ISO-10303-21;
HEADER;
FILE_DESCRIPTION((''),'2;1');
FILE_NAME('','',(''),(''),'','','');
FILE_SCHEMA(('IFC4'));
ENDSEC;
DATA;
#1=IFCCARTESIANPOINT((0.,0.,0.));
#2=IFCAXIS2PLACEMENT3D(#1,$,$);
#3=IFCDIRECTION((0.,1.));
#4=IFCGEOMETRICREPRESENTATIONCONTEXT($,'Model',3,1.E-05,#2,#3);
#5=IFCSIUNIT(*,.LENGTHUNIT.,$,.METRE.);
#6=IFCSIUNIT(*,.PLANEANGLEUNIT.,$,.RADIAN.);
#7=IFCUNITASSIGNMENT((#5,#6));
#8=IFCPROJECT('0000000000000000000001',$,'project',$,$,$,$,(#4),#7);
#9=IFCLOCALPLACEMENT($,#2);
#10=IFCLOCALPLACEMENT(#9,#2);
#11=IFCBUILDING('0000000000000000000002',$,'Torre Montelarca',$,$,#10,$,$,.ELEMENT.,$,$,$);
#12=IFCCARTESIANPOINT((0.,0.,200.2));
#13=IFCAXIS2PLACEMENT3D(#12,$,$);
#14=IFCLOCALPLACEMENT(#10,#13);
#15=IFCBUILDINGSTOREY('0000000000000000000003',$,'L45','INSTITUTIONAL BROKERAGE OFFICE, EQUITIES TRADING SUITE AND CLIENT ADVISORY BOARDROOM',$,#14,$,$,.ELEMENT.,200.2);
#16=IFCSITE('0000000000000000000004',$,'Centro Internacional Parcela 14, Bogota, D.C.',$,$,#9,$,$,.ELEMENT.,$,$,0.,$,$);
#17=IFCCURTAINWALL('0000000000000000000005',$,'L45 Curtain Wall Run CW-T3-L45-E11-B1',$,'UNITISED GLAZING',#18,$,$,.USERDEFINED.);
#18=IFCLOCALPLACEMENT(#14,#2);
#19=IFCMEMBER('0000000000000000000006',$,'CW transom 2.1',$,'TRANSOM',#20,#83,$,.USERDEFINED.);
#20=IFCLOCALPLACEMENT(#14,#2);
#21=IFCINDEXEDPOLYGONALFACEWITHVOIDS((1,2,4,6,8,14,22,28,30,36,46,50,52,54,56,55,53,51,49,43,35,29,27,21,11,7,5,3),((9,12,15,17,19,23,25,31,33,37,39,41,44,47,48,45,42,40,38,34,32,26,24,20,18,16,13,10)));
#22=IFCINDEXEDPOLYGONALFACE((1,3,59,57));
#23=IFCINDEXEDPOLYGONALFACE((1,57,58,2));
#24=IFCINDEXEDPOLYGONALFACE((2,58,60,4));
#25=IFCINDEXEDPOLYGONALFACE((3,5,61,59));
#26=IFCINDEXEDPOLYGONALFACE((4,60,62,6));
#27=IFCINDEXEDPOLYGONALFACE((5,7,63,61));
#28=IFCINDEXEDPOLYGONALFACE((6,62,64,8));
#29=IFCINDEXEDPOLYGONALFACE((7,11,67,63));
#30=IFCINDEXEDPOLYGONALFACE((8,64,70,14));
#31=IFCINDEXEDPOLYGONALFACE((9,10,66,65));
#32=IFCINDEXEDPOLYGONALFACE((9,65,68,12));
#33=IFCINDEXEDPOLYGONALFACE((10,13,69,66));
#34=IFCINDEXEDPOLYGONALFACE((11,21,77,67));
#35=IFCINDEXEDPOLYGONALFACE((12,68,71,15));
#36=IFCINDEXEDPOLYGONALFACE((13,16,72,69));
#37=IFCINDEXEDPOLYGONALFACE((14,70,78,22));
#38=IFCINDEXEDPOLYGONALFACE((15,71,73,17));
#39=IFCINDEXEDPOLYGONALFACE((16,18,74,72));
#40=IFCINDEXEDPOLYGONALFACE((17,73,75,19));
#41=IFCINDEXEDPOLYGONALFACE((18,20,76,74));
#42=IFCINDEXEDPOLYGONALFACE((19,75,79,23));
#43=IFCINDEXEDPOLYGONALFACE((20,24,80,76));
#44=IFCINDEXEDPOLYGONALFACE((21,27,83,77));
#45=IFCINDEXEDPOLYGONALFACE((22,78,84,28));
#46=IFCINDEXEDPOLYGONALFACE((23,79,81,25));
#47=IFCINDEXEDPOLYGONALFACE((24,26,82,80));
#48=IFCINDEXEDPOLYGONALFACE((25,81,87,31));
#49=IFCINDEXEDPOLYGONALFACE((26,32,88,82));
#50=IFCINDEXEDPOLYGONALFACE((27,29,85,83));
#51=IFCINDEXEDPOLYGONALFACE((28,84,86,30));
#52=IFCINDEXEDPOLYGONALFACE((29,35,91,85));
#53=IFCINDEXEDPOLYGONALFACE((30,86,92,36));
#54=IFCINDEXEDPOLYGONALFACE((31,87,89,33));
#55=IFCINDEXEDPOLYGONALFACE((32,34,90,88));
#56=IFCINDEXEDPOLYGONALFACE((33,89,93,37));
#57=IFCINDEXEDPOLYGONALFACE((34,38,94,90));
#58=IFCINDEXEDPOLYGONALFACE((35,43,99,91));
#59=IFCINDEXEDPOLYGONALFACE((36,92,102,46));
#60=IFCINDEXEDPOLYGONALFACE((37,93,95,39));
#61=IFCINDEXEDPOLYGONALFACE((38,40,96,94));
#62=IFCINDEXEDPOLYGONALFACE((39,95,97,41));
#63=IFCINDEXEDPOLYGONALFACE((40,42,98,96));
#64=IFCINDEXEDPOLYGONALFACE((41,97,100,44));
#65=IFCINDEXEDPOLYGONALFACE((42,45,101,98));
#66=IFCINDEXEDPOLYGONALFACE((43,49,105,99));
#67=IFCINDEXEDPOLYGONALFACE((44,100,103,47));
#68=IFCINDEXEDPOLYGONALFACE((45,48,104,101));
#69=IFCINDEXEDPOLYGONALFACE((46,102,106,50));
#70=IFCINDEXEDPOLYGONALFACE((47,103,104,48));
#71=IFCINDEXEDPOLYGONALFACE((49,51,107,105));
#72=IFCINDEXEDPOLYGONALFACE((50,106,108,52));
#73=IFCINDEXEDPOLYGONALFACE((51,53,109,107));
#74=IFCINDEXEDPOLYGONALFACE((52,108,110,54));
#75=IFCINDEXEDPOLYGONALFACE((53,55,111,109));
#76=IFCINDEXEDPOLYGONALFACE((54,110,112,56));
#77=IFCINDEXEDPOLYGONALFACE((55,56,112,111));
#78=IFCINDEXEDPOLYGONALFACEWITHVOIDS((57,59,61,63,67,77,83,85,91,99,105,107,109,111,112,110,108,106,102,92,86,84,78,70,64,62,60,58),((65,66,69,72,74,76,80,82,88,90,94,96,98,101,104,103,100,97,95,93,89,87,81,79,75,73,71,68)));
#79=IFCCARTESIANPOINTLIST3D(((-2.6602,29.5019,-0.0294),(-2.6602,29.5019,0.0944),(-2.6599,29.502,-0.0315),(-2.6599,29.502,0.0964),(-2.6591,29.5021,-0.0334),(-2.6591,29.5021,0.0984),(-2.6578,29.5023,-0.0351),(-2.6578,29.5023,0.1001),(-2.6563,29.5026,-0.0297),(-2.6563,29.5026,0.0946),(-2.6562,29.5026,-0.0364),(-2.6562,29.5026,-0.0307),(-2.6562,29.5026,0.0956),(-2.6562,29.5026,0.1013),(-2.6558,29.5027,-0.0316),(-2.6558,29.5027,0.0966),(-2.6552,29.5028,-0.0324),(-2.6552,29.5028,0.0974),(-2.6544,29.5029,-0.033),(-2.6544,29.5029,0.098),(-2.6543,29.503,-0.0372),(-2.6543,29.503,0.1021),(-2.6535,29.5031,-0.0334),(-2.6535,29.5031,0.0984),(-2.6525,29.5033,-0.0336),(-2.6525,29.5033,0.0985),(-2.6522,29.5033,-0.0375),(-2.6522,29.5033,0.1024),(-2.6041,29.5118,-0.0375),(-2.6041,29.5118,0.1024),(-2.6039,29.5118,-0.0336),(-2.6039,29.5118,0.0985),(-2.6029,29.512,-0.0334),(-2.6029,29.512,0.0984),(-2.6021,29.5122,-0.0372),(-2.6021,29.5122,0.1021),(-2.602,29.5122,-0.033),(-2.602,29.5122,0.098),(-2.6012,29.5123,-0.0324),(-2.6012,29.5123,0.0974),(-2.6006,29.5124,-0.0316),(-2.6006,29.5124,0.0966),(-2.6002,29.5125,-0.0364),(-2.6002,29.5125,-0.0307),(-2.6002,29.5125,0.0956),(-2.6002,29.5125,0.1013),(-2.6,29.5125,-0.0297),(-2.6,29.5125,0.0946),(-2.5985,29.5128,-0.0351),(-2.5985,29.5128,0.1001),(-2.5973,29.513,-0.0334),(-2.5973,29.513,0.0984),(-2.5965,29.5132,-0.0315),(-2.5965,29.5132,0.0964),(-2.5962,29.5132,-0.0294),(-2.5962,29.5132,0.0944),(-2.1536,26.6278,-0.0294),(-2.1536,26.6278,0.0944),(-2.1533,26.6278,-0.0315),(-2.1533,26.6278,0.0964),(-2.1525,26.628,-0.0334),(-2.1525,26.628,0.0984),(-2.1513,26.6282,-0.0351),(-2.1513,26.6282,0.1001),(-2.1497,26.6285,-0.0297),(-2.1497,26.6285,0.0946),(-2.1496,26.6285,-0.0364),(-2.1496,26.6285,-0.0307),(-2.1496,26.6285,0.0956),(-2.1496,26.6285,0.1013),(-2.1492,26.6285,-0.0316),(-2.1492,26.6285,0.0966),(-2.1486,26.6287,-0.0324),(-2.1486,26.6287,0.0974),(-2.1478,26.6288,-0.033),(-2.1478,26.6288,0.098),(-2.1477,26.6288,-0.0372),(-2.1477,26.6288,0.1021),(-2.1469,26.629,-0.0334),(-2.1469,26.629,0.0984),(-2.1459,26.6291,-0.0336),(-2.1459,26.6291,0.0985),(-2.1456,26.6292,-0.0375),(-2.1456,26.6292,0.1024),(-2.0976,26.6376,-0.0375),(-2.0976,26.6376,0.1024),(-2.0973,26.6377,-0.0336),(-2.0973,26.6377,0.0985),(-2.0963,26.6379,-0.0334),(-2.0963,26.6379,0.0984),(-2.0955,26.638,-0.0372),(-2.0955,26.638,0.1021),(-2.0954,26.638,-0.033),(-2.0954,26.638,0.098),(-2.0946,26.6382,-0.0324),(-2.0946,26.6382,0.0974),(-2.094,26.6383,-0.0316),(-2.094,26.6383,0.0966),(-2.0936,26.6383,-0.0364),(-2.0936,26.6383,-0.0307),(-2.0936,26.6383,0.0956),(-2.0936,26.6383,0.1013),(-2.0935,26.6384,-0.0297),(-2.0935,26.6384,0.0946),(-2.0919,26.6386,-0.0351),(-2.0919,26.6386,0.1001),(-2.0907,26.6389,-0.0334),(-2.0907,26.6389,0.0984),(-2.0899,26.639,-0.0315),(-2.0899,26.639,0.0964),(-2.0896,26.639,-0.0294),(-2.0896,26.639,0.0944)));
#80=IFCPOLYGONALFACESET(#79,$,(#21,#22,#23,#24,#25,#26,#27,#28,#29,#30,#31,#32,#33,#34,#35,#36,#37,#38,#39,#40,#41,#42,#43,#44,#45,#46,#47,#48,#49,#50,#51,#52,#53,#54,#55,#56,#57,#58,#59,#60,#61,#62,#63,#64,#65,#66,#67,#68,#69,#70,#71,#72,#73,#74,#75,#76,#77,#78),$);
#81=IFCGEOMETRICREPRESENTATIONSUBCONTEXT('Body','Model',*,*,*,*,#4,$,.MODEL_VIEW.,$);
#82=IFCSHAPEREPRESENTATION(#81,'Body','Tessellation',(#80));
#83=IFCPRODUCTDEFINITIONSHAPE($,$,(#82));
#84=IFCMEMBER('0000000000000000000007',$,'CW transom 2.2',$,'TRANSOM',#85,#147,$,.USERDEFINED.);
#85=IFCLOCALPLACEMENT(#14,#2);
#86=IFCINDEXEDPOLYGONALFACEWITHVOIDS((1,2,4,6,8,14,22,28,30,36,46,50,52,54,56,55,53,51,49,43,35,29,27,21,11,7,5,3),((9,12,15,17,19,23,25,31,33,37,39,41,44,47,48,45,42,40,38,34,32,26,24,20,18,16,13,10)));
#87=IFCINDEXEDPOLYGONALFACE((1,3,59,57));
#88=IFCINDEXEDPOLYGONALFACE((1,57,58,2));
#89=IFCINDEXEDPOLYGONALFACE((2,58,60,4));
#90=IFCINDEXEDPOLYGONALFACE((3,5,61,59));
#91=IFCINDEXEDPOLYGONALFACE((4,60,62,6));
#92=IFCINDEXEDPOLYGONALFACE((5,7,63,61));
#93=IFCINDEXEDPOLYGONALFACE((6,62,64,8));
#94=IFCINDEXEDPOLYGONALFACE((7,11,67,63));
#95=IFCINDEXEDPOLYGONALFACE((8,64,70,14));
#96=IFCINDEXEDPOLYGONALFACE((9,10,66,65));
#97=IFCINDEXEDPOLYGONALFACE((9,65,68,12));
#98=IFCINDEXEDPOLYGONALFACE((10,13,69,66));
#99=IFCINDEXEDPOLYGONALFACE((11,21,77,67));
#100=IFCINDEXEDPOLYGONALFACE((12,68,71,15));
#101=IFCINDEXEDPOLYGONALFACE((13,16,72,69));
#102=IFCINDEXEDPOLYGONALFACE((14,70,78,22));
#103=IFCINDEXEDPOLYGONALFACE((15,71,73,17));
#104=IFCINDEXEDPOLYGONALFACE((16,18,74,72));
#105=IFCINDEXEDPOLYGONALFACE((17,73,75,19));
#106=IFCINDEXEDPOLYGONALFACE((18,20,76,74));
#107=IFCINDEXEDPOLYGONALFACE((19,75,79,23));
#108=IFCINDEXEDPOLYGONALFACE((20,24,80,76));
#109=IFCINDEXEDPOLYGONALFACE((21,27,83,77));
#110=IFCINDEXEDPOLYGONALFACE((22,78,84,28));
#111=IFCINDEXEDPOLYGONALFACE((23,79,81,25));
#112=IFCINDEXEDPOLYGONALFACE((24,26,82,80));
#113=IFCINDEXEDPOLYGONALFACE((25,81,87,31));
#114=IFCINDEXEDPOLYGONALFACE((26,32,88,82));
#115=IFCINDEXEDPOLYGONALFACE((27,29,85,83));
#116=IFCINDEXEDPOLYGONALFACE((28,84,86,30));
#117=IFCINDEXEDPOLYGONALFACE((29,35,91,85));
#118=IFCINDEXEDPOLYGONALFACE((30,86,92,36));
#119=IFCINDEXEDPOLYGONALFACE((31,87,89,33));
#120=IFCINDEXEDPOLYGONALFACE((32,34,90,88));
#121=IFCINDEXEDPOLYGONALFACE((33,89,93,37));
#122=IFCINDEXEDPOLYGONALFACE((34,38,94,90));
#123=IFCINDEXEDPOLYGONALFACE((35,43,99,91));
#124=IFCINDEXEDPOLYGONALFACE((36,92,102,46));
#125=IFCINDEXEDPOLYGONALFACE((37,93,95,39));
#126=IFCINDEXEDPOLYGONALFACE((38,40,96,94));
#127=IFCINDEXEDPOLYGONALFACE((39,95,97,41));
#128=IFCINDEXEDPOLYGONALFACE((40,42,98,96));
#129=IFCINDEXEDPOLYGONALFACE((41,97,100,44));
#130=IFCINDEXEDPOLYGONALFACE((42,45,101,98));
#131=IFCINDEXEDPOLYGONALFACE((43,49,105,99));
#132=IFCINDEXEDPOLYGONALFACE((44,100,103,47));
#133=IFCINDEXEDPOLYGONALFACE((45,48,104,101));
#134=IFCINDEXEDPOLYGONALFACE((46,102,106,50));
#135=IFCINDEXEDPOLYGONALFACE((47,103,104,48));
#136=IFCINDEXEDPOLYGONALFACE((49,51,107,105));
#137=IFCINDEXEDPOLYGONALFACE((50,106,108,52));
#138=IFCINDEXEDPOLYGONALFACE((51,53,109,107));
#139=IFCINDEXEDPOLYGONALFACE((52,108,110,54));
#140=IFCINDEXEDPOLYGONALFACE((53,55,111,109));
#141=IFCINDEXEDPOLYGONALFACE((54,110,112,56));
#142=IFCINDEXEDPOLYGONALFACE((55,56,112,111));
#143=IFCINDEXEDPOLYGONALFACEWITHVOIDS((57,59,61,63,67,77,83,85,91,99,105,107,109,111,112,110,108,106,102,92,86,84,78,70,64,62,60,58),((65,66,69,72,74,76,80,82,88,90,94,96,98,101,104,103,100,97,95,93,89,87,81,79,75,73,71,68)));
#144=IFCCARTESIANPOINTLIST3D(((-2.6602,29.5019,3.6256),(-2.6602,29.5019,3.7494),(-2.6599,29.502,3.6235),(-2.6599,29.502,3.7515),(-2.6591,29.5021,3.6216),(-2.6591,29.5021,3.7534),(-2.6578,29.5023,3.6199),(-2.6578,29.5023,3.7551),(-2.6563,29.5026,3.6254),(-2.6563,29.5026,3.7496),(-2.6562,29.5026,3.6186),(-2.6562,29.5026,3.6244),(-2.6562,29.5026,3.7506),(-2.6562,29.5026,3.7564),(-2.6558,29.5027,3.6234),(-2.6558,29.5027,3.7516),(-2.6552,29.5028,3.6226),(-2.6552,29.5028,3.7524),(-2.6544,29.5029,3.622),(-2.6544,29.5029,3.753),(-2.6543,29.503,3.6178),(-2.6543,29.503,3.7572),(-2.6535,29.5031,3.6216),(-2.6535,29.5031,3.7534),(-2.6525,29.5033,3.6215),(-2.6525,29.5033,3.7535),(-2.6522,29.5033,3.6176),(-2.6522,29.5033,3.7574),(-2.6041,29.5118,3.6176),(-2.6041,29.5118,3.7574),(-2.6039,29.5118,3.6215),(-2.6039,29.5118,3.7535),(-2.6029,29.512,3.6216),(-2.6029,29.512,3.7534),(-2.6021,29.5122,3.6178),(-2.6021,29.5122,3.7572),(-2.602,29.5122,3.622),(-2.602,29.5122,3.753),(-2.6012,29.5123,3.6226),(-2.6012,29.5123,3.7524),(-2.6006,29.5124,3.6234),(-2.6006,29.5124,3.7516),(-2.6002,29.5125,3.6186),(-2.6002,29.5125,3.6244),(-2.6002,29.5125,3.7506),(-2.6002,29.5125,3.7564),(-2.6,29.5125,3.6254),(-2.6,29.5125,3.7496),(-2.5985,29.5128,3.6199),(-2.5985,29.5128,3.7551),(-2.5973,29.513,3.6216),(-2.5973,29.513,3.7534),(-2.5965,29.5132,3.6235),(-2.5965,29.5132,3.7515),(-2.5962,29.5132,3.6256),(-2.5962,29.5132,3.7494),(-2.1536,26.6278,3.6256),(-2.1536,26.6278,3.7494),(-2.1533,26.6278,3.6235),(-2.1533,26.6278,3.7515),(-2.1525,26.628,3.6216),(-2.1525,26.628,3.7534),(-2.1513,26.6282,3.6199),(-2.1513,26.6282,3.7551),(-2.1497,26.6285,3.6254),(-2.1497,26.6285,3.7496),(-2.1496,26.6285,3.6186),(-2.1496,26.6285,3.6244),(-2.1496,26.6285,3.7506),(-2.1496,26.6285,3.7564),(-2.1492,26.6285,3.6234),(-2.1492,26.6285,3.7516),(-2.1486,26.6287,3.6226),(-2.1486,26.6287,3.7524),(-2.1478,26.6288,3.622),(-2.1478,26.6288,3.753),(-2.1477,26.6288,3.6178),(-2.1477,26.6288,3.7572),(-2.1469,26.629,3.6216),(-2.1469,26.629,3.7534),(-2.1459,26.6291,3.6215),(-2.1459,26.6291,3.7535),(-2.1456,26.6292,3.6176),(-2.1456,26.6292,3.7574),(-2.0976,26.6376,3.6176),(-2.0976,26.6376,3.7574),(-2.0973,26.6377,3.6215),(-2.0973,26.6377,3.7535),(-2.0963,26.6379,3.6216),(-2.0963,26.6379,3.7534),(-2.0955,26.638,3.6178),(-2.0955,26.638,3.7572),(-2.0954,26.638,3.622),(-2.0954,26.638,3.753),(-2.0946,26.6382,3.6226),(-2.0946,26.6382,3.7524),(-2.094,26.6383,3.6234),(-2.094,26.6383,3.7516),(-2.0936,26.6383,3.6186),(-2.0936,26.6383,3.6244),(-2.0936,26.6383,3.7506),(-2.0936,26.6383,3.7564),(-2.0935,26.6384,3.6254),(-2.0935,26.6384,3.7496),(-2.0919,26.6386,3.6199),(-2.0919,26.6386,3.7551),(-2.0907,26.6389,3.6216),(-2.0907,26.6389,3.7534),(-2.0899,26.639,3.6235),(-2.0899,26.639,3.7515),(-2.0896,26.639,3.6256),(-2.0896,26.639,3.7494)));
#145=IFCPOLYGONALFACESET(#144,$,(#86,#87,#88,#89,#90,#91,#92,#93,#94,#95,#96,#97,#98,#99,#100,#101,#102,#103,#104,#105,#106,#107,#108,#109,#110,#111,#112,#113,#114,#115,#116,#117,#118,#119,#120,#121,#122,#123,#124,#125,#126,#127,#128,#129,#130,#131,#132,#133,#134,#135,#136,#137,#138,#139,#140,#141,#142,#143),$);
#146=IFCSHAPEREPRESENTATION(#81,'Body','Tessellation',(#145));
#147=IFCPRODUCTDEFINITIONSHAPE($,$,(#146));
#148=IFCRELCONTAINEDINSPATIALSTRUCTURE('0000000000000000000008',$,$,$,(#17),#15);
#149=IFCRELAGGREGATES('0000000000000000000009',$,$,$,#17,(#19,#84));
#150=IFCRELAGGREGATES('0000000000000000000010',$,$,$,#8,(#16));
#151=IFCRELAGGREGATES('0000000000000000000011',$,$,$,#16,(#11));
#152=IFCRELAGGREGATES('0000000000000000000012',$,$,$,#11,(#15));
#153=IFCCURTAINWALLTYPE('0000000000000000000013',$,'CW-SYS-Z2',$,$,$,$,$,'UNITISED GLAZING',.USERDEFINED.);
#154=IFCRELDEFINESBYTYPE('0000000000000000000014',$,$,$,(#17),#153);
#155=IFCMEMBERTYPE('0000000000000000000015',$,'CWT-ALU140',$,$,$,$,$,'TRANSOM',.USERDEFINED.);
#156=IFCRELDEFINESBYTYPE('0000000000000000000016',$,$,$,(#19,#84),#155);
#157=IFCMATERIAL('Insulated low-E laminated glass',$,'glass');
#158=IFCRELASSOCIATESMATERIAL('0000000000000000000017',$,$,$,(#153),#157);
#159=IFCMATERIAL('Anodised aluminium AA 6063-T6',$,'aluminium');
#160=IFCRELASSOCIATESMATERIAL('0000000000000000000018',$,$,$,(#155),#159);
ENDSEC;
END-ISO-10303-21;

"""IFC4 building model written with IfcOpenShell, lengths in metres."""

from ifc_helpers import new_model, si_unit, direction, frame, origin, origin_2d, place, context, subcontext, project, spatial, hollow_rectangle, extrude, source, transform, mapped, material, material_profile, profile_set, type_object, element, aggregate, save


model = new_model("IFC4")

# Units and contexts
model_context = context("Model", 3, precision=1e-05, world=origin(), true_north=direction((0.0, 1.0)))
body_context = subcontext(model_context, "Body", "Model", "MODEL_VIEW")
ifc_project = project(units=[si_unit("LENGTHUNIT", "METRE"), si_unit("PLANEANGLEUNIT", "RADIAN")], contexts=[model_context])

# Site, building, storey
site_placement = place(None, origin())
site = spatial("IfcSite", under=ifc_project, at=site_placement, Name="Centro Internacional Parcela 14, Bogota, D.C.", CompositionType="ELEMENT", RefElevation=0.0)
building_placement = place(site_placement, origin())
building = spatial("IfcBuilding", under=site, at=building_placement, Name="Torre Montelarca", CompositionType="ELEMENT")
storey_placement = place(building_placement, frame((0.0, 0.0, 200.2)))
storey = spatial("IfcBuildingStorey", under=building, at=storey_placement, Name="L45", Description="INSTITUTIONAL BROKERAGE OFFICE, EQUITIES TRADING SUITE AND CLIENT ADVISORY BOARDROOM", CompositionType="ELEMENT", Elevation=200.2)

# Curtain wall, members
ifc_material_1 = material(Name="Insulated low-E laminated glass", Category="glass")
curtain_wall_type = type_object("IfcCurtainWallType", Name="CW-SYS-Z2", ElementType="UNITISED GLAZING", PredefinedType="USERDEFINED", material=ifc_material_1)
curtain_wall_1_placement = place(storey_placement, origin())
curtain_wall_1 = element("IfcCurtainWall", 1, at=curtain_wall_1_placement, inside=storey, type_object=curtain_wall_type, Name="L45 Curtain Wall Run CW-T3-L45-E11-B1", ObjectType="UNITISED GLAZING", PredefinedType="USERDEFINED")
ifc_material_2 = material(Name="Anodised aluminium AA 6063-T6", Category="aluminium")
ifc_material_profile_1 = material_profile(ifc_material_2, hollow_rectangle(XDim=0.0649, YDim=0.1399, WallThickness=0.0039, InnerFilletRadius=0.0039, OuterFilletRadius=0.0081, at=origin_2d()), Name="ALU65X140X4", Category="aluminium")
ifc_profile_set_1 = profile_set([ifc_material_profile_1], Name="Anodised aluminium AA 6063-T6")
member_type_1 = type_object("IfcMemberType", Name="CWT-ALU140", ElementType="TRANSOM", PredefinedType="USERDEFINED", material=ifc_profile_set_1)
shared_shape_1 = source(origin(), body_context, "Body", "SweptSolid", [
    extrude(hollow_rectangle(XDim=0.0649, YDim=0.1399, WallThickness=0.0039, InnerFilletRadius=0.0039, OuterFilletRadius=0.0081, at=origin_2d()), origin(), (0.0, 0.0, 1.0), 2.9185),
])
member_1_placement = place(storey_placement, frame((-2.6282, 29.5076, 0.0325), z_axis=(0.173575, -0.984821, 0.0), x_axis=(0.984821, 0.173575, 0.0)))
member_1 = element("IfcMember", 2, at=member_1_placement, type_object=member_type_1, Name="CW transom 2.1", ObjectType="TRANSOM", PredefinedType="USERDEFINED", context=body_context, shape_type="MappedRepresentation", body=[
    mapped(shared_shape_1, transform((0.0, 0.0, 0.0), scale=1.0)),
])
member_2_placement = place(storey_placement, frame((-2.6282, 29.5076, 3.6875), z_axis=(0.173575, -0.984821, 0.0), x_axis=(0.984821, 0.173575, 0.0)))
member_2 = element("IfcMember", 3, at=member_2_placement, type_object=member_type_1, Name="CW transom 2.2", ObjectType="TRANSOM", PredefinedType="USERDEFINED", context=body_context, shape_type="MappedRepresentation", body=[
    mapped(shared_shape_1, transform((0.0, 0.0, 0.0), scale=1.0)),
])

aggregate(curtain_wall_1, [member_1, member_2])

save(model, "model.ifc")
